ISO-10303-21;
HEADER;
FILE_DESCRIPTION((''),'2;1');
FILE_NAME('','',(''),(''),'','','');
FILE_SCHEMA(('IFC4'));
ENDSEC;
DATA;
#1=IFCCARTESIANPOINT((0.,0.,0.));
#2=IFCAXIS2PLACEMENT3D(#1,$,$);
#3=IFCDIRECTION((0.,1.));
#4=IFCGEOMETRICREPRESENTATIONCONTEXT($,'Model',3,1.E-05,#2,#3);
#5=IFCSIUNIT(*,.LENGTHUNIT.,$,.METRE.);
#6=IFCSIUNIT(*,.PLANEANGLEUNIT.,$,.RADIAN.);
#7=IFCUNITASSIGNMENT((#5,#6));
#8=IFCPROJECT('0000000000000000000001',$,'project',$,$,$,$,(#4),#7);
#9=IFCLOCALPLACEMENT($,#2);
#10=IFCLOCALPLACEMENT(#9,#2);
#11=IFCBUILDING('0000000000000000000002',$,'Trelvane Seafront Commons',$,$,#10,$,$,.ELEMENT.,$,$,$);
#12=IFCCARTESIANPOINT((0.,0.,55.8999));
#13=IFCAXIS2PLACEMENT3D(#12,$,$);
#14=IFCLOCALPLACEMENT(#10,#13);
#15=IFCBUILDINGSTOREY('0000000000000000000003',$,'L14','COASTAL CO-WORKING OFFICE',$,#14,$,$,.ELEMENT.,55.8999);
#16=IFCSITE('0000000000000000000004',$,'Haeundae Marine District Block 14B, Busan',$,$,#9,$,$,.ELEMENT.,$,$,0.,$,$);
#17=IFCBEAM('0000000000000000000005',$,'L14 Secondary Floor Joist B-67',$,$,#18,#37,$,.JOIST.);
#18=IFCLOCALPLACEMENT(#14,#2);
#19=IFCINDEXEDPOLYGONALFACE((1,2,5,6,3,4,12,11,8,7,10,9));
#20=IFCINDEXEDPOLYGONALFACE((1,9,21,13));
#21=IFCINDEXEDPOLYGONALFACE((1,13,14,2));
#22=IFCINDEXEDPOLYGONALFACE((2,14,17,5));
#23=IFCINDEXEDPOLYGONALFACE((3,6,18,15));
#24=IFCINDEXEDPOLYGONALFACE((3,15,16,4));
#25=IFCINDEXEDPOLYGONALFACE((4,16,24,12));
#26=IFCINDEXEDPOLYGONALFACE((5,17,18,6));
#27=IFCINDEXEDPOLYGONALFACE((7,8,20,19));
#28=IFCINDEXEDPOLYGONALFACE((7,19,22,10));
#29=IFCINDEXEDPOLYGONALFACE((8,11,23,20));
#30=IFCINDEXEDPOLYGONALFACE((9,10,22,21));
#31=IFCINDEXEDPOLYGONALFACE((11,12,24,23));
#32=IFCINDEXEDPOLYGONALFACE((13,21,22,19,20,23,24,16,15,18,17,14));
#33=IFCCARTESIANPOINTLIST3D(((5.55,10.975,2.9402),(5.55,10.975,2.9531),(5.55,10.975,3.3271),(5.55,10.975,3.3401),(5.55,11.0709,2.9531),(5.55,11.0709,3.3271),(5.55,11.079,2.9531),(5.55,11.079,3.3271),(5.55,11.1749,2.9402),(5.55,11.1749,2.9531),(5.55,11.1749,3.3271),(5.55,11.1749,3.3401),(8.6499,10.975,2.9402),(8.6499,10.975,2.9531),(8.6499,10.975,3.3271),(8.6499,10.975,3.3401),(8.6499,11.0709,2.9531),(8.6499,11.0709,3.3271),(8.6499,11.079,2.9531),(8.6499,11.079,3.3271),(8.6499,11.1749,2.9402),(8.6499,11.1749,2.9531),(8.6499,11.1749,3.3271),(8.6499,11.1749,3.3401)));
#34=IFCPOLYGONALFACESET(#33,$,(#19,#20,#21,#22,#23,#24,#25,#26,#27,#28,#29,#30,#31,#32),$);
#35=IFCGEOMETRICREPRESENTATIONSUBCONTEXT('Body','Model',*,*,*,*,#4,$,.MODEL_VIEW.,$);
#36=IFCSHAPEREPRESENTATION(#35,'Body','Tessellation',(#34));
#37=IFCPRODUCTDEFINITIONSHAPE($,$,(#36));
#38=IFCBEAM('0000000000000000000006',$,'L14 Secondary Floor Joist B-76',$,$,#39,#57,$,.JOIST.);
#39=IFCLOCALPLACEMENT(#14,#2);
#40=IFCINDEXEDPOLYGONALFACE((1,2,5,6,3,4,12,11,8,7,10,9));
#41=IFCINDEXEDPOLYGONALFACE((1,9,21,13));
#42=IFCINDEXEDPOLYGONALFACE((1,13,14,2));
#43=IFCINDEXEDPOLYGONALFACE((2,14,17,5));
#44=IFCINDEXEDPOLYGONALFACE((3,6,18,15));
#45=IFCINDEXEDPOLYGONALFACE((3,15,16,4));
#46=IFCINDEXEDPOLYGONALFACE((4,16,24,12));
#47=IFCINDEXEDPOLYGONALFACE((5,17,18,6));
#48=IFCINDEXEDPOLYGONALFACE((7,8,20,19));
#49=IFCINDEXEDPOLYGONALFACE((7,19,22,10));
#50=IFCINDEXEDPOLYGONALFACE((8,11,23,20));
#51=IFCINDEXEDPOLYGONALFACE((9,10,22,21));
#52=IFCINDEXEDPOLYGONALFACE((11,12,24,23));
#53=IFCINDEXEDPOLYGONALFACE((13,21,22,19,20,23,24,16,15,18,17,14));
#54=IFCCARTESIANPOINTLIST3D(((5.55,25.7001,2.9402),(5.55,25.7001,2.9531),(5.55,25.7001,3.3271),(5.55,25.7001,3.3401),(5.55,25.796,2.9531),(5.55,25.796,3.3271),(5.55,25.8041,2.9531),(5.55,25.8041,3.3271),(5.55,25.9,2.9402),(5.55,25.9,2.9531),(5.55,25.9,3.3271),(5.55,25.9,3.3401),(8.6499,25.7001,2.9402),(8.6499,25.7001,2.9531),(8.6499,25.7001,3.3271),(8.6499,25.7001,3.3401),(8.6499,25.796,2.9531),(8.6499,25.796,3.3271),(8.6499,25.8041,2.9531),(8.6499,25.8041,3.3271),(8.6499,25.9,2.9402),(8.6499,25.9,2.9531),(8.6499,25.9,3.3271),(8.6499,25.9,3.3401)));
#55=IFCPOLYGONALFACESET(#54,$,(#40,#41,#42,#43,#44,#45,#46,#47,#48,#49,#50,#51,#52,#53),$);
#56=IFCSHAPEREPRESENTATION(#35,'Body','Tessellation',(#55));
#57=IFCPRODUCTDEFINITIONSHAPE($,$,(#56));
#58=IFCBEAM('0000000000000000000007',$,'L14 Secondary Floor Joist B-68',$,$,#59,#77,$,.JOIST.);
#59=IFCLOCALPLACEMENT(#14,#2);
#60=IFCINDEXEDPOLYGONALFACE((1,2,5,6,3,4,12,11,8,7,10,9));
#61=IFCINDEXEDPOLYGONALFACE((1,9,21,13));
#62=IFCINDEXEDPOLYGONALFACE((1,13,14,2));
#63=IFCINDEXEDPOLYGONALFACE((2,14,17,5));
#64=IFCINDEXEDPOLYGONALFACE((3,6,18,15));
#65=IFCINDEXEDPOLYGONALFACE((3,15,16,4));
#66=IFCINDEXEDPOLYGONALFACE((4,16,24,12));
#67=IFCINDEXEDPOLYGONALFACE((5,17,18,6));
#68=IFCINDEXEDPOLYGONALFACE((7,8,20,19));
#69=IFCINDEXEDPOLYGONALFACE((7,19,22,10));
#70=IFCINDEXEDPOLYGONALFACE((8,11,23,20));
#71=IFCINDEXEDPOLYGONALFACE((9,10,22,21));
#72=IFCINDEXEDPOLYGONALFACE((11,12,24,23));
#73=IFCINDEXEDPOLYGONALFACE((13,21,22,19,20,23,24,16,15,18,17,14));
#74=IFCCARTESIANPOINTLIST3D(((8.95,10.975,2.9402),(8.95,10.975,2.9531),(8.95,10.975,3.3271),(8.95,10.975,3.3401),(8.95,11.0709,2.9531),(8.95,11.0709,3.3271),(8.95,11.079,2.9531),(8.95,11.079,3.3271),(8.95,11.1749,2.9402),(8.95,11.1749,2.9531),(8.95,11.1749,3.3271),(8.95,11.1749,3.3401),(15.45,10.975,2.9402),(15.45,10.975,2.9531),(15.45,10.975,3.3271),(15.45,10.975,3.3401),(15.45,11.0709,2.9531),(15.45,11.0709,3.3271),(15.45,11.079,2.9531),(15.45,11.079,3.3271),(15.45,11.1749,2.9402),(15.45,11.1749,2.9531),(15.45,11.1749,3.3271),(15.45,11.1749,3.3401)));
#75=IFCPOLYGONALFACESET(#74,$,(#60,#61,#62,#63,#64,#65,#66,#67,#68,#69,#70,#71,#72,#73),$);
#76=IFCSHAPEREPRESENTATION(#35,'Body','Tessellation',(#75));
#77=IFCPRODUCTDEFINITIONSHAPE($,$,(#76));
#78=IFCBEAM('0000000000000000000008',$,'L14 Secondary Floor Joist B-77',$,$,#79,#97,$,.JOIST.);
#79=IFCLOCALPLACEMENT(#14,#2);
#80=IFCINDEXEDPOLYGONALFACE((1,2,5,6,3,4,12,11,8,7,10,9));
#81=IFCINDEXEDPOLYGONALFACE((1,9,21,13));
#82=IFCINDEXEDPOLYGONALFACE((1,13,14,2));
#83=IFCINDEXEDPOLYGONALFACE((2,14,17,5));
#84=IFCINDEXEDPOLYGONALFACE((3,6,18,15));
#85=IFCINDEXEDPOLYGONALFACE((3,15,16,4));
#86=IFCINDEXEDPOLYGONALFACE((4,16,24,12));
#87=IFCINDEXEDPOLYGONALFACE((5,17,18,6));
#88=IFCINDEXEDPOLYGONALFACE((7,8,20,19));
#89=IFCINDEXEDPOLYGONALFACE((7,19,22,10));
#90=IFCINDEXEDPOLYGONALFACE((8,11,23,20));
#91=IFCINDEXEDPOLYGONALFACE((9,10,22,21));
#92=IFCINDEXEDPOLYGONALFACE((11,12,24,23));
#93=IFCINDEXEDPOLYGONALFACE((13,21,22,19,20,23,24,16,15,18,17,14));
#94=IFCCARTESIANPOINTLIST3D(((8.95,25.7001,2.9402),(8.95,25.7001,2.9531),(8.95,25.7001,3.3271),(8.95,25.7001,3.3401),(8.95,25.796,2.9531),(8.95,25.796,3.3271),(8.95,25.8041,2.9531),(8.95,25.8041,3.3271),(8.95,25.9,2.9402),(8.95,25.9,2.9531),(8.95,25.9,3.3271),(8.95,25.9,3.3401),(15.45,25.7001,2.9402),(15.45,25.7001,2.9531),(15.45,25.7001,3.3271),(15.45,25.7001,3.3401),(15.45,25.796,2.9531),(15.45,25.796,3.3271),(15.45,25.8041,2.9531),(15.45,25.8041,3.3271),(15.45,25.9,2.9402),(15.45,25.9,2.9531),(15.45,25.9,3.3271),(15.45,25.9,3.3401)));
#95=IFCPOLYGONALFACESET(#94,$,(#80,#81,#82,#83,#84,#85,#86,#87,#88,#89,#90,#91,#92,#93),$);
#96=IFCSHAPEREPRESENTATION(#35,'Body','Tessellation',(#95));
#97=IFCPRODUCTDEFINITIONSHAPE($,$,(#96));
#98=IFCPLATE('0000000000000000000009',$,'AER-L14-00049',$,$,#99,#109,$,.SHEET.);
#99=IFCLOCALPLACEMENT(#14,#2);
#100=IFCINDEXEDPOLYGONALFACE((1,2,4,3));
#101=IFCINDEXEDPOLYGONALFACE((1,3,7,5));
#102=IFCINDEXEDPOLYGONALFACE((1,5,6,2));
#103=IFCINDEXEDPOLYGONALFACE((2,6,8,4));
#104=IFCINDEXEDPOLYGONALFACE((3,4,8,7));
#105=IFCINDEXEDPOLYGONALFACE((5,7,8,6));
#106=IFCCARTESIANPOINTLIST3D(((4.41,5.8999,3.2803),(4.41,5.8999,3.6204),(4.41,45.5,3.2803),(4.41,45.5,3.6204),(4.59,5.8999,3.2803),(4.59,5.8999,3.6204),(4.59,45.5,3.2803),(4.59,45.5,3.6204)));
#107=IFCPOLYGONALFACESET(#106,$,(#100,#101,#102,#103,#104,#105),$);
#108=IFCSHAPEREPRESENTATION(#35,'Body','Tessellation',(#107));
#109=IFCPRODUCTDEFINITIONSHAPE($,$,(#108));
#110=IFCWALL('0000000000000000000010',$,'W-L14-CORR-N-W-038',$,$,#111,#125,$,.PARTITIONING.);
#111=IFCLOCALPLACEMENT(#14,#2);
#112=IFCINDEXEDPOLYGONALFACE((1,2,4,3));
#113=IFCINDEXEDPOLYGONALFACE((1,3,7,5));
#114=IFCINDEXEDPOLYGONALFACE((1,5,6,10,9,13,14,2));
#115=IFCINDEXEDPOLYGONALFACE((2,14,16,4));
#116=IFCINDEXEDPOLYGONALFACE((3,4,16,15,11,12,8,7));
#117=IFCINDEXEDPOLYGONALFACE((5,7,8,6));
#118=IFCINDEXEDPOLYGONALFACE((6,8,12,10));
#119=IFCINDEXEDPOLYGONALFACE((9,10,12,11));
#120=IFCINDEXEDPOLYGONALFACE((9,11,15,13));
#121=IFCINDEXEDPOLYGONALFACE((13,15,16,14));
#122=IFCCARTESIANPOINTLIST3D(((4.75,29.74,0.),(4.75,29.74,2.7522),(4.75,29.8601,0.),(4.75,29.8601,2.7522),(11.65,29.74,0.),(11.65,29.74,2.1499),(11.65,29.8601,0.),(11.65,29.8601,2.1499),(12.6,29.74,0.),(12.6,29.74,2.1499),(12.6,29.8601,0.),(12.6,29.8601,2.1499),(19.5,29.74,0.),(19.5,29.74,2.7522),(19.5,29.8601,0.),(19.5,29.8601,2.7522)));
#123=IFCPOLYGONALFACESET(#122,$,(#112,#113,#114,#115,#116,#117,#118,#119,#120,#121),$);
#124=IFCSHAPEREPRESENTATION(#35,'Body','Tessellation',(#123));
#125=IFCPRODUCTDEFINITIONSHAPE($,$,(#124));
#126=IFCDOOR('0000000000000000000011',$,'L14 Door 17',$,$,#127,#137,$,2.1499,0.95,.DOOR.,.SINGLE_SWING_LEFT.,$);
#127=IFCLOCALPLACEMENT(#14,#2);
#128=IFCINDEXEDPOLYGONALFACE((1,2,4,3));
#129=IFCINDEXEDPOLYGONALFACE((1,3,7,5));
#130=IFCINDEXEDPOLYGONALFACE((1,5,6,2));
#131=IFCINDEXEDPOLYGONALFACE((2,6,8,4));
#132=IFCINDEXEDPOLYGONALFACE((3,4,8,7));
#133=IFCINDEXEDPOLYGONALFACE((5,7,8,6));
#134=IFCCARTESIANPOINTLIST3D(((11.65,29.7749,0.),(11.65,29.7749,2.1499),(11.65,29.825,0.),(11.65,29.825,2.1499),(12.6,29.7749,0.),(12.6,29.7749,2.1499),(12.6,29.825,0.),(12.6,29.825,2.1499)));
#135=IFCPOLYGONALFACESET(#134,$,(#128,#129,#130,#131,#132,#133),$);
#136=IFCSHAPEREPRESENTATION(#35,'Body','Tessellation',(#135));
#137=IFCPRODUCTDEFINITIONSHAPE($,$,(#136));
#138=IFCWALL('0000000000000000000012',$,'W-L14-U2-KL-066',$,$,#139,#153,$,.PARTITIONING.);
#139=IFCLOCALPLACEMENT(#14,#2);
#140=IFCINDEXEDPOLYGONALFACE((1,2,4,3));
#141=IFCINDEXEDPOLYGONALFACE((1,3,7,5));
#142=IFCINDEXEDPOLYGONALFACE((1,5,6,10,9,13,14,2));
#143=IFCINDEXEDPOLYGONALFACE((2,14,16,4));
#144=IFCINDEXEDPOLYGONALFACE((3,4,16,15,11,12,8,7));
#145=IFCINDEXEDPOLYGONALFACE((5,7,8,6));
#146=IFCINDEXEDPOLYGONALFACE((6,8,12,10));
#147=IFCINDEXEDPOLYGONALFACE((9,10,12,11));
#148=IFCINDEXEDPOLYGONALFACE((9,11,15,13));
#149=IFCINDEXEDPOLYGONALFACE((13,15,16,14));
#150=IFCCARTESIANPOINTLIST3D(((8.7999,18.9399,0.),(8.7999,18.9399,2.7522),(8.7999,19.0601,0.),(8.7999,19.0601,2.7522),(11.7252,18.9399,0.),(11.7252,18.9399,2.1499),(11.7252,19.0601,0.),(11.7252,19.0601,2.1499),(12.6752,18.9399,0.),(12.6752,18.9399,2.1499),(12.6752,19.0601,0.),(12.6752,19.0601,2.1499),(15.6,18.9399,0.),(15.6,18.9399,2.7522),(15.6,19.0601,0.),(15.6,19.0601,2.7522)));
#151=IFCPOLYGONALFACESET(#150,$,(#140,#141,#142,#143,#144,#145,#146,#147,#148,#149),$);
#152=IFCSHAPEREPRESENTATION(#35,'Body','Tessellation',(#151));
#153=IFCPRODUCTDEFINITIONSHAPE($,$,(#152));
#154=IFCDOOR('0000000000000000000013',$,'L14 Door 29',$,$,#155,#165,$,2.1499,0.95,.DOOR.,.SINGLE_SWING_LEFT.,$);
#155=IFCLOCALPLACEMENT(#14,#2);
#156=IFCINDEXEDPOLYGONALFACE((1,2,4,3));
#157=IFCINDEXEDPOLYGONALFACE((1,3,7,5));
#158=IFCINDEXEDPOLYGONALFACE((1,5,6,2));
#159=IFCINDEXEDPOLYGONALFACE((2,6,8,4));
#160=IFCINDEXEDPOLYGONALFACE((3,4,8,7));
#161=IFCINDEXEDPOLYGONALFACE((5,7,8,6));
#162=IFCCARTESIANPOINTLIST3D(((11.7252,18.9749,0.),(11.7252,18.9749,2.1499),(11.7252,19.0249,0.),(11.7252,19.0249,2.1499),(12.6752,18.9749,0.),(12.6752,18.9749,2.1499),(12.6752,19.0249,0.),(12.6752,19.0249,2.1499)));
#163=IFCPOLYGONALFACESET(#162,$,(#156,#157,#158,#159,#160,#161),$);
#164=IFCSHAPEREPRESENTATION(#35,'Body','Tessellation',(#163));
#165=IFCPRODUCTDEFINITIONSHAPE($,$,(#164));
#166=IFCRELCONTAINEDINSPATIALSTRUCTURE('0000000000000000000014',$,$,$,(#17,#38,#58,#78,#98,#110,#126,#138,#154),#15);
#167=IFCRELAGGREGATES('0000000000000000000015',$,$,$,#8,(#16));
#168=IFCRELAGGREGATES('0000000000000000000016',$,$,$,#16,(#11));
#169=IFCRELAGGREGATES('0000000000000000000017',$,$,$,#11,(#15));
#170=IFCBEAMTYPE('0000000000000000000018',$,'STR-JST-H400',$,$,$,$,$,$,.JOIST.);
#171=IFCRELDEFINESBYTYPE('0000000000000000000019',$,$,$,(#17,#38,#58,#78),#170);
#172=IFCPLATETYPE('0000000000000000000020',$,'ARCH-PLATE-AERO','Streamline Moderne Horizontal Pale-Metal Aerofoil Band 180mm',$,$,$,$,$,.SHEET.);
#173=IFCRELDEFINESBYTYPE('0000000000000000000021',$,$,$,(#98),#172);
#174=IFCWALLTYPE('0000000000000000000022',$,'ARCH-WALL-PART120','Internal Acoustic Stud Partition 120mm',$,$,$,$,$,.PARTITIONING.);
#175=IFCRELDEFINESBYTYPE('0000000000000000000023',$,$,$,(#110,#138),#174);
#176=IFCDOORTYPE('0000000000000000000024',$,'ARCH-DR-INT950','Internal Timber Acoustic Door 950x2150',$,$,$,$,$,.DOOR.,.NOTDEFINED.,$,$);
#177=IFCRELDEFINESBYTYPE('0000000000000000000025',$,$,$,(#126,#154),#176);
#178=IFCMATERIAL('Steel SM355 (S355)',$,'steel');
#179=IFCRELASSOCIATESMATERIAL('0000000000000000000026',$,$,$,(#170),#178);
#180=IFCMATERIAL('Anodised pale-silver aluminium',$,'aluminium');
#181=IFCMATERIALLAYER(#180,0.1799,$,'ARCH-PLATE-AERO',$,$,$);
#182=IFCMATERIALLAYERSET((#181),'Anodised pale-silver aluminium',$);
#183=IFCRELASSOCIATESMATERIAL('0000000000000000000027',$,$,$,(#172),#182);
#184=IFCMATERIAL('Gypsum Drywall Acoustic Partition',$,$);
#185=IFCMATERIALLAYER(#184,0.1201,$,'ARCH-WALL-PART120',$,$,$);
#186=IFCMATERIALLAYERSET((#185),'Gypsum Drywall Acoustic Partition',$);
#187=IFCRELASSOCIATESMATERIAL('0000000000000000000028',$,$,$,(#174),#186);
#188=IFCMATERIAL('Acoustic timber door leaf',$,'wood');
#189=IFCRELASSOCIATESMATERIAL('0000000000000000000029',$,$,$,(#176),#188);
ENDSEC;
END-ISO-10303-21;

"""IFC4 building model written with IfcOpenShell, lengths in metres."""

from ifc_helpers import new_model, si_unit, direction, frame, frame_2d, origin, origin_2d, place, context, subcontext, project, spatial, rectangle, i_section, extrude, source, transform, mapped, material, layer, layer_set, material_profile, profile_set, type_object, element, fill, save


model = new_model("IFC4")

# Units and contexts
model_context = context("Model", 3, precision=1e-05, world=origin(), true_north=direction((0.0, 1.0)))
body_context = subcontext(model_context, "Body", "Model", "MODEL_VIEW")
ifc_project = project(units=[si_unit("LENGTHUNIT", "METRE"), si_unit("PLANEANGLEUNIT", "RADIAN")], contexts=[model_context])

# Site, building, storey
site_placement = place(None, origin())
site = spatial("IfcSite", under=ifc_project, at=site_placement, Name="Haeundae Marine District Block 14B, Busan", CompositionType="ELEMENT", RefElevation=0.0)
building_placement = place(site_placement, origin())
building = spatial("IfcBuilding", under=site, at=building_placement, Name="Trelvane Seafront Commons", CompositionType="ELEMENT")
storey_placement = place(building_placement, frame((0.0, 0.0, 55.8999)))
storey = spatial("IfcBuildingStorey", under=building, at=storey_placement, Name="L14", Description="COASTAL CO-WORKING OFFICE", CompositionType="ELEMENT", Elevation=55.8999)

# Shared definitions
ifc_material_1 = material(Name="Steel SM355 (S355)", Category="steel")

# Beams
ifc_material_profile_1 = material_profile(ifc_material_1, i_section(OverallWidth=0.2, OverallDepth=0.3999, WebThickness=0.0081, FlangeThickness=0.0129, at=origin_2d()), Name="H-400x200x8x13")
ifc_profile_set_1 = profile_set([ifc_material_profile_1], Name="Steel SM355 (S355)")
beam_type_1 = type_object("IfcBeamType", Name="STR-JST-H400", PredefinedType="JOIST", material=ifc_profile_set_1)
shared_shape_1 = source(origin(), body_context, "Body", "SweptSolid", [
    extrude(i_section(OverallWidth=0.2, OverallDepth=0.3999, WebThickness=0.0081, FlangeThickness=0.0129, at=origin_2d()), origin(), (0.0, 0.0, 1.0), 3.0999),
])
for number, where, z_axis, x_axis, name in (
    (1, (5.55, 11.075, 3.1401), (1.0, 0.0, 0.0), (0.0, 1.0, 0.0), "L14 Secondary Floor Joist B-67"),
    (2, (5.55, 25.8, 3.1401), (1.0, 0.0, 0.0), (0.0, 1.0, 0.0), "L14 Secondary Floor Joist B-76"),
):
    element("IfcBeam", number, at=place(storey_placement, frame(where, z_axis=z_axis, x_axis=x_axis)), inside=storey, type_object=beam_type_1, Name=name, PredefinedType="JOIST", context=body_context, shape_type="MappedRepresentation", body=[
        mapped(shared_shape_1, transform((0.0, 0.0, 0.0), x_axis=(1.0, 0.0, 0.0), y_axis=(0.0, 1.0, 0.0), z_axis=(0.0, 0.0, 1.0), scale=1.0)),
    ])
shared_shape_2 = source(origin(), body_context, "Body", "SweptSolid", [
    extrude(i_section(OverallWidth=0.2, OverallDepth=0.3999, WebThickness=0.0081, FlangeThickness=0.0129, at=origin_2d()), origin(), (0.0, 0.0, 1.0), 6.5),
])
for number, where, z_axis, x_axis, name in (
    (3, (8.95, 11.075, 3.1401), (1.0, 0.0, 0.0), (0.0, 1.0, 0.0), "L14 Secondary Floor Joist B-68"),
    (4, (8.95, 25.8, 3.1401), (1.0, 0.0, 0.0), (0.0, 1.0, 0.0), "L14 Secondary Floor Joist B-77"),
):
    element("IfcBeam", number, at=place(storey_placement, frame(where, z_axis=z_axis, x_axis=x_axis)), inside=storey, type_object=beam_type_1, Name=name, PredefinedType="JOIST", context=body_context, shape_type="MappedRepresentation", body=[
        mapped(shared_shape_2, transform((0.0, 0.0, 0.0), x_axis=(1.0, 0.0, 0.0), y_axis=(0.0, 1.0, 0.0), z_axis=(0.0, 0.0, 1.0), scale=1.0)),
    ])

# Plate
ifc_material_2 = material(Name="Anodised pale-silver aluminium", Category="aluminium")
ifc_layer_1 = layer(ifc_material_2, 0.1799, Name="ARCH-PLATE-AERO")
ifc_layer_set_1 = layer_set([ifc_layer_1], Name="Anodised pale-silver aluminium")
plate_type = type_object("IfcPlateType", Name="ARCH-PLATE-AERO", Description="Streamline Moderne Horizontal Pale-Metal Aerofoil Band 180mm", PredefinedType="SHEET", material=ifc_layer_set_1)
shared_shape_3 = source(origin(), body_context, "Body", "SweptSolid", [
    extrude(rectangle(XDim=39.6001, YDim=0.1799, at=origin_2d()), origin(), (0.0, 0.0, 1.0), 0.3401),
])
plate_placement = place(storey_placement, frame((4.5, 25.7, 3.2803), z_axis=(0.0, 0.0, 1.0), x_axis=(0.0, 1.0, 0.0)))
element("IfcPlate", 5, at=plate_placement, inside=storey, type_object=plate_type, Name="AER-L14-00049", PredefinedType="SHEET", context=body_context, shape_type="MappedRepresentation", body=[
    mapped(shared_shape_3, transform((0.0, 0.0, 0.0), x_axis=(1.0, 0.0, 0.0), y_axis=(0.0, 1.0, 0.0), z_axis=(0.0, 0.0, 1.0), scale=1.0)),
])

# Walls, openings, doors
ifc_material_3 = material(Name="Gypsum Drywall Acoustic Partition")
ifc_layer_2 = layer(ifc_material_3, 0.1201, Name="ARCH-WALL-PART120")
ifc_layer_set_2 = layer_set([ifc_layer_2], Name="Gypsum Drywall Acoustic Partition")
wall_type_1 = type_object("IfcWallType", Name="ARCH-WALL-PART120", Description="Internal Acoustic Stud Partition 120mm", PredefinedType="PARTITIONING", material=ifc_layer_set_2)
wall_1_placement = place(storey_placement, frame((4.75, 29.8, 0.0), z_axis=(0.0, 0.0, 1.0), x_axis=(1.0, 0.0, 0.0)))
wall_1 = element("IfcWall", 6, at=wall_1_placement, inside=storey, type_object=wall_type_1, Name="W-L14-CORR-N-W-038", PredefinedType="PARTITIONING", context=body_context, shape_type="SweptSolid", body=[
    extrude(rectangle(XDim=14.75, YDim=0.1201, at=frame_2d((7.375, 0.0))), origin(), (0.0, 0.0, 1.0), 2.7522),
])
opening_1_placement = place(wall_1_placement, frame((6.8999, 0.0, 0.0)))
opening_1 = element("IfcOpeningElement", 7, at=opening_1_placement, cuts=wall_1, PredefinedType="OPENING", context=body_context, shape_type="SweptSolid", body=[
    extrude(rectangle(XDim=0.95, YDim=2.1499, at=frame_2d((0.4751, 1.075))), frame((0.0, 0.0701, 0.0), z_axis=(0.0, -1.0, 0.0), x_axis=(1.0, 0.0, 0.0)), (0.0, 0.0, 1.0), 0.1401),
])
ifc_material_4 = material(Name="Acoustic timber door leaf", Category="wood")
door_type_1 = type_object("IfcDoorType", Name="ARCH-DR-INT950", Description="Internal Timber Acoustic Door 950x2150", OperationType="NOTDEFINED", PredefinedType="DOOR", material=ifc_material_4)
shared_shape_4 = source(origin(), body_context, "Body", "SweptSolid", [
    extrude(rectangle(XDim=0.95, YDim=2.1499, at=frame_2d((0.4751, 1.075))), frame((0.0, 0.0249, 0.0), z_axis=(0.0, -1.0, 0.0), x_axis=(1.0, 0.0, 0.0)), (0.0, 0.0, 1.0), 0.05),
])
door_1_placement = place(opening_1_placement, origin())
door_1 = element("IfcDoor", 8, at=door_1_placement, inside=storey, type_object=door_type_1, Name="L14 Door 17", OperationType="SINGLE_SWING_LEFT", OverallHeight=2.1499, OverallWidth=0.95, PredefinedType="DOOR", context=body_context, shape_type="MappedRepresentation", body=[
    mapped(shared_shape_4, transform((0.0, 0.0, 0.0), x_axis=(1.0, 0.0, 0.0), y_axis=(0.0, 1.0, 0.0), z_axis=(0.0, 0.0, 1.0), scale=1.0)),
])
fill(opening_1, door_1)
wall_2_placement = place(storey_placement, frame((8.8, 19.0, 0.0), z_axis=(0.0, 0.0, 1.0), x_axis=(1.0, 0.0, 0.0)))
wall_2 = element("IfcWall", 9, at=wall_2_placement, inside=storey, type_object=wall_type_1, Name="W-L14-U2-KL-066", PredefinedType="PARTITIONING", context=body_context, shape_type="SweptSolid", body=[
    extrude(rectangle(XDim=6.8, YDim=0.1201, at=frame_2d((3.3999, 0.0))), origin(), (0.0, 0.0, 1.0), 2.7522),
])
opening_2_placement = place(wall_2_placement, frame((2.925, 0.0, 0.0)))
opening_2 = element("IfcOpeningElement", 10, at=opening_2_placement, cuts=wall_2, PredefinedType="OPENING", context=body_context, shape_type="SweptSolid", body=[
    extrude(rectangle(XDim=0.95, YDim=2.1499, at=frame_2d((0.4751, 1.075))), frame((0.0, 0.0701, 0.0), z_axis=(0.0, -1.0, 0.0), x_axis=(1.0, 0.0, 0.0)), (0.0, 0.0, 1.0), 0.1401),
])
door_2_placement = place(opening_2_placement, origin())
door_2 = element("IfcDoor", 11, at=door_2_placement, inside=storey, type_object=door_type_1, Name="L14 Door 29", OperationType="SINGLE_SWING_LEFT", OverallHeight=2.1499, OverallWidth=0.95, PredefinedType="DOOR", context=body_context, shape_type="MappedRepresentation", body=[
    mapped(shared_shape_4, transform((0.0, 0.0, 0.0), x_axis=(1.0, 0.0, 0.0), y_axis=(0.0, 1.0, 0.0), z_axis=(0.0, 0.0, 1.0), scale=1.0)),
])
fill(opening_2, door_2)

save(model, "model.ifc")
